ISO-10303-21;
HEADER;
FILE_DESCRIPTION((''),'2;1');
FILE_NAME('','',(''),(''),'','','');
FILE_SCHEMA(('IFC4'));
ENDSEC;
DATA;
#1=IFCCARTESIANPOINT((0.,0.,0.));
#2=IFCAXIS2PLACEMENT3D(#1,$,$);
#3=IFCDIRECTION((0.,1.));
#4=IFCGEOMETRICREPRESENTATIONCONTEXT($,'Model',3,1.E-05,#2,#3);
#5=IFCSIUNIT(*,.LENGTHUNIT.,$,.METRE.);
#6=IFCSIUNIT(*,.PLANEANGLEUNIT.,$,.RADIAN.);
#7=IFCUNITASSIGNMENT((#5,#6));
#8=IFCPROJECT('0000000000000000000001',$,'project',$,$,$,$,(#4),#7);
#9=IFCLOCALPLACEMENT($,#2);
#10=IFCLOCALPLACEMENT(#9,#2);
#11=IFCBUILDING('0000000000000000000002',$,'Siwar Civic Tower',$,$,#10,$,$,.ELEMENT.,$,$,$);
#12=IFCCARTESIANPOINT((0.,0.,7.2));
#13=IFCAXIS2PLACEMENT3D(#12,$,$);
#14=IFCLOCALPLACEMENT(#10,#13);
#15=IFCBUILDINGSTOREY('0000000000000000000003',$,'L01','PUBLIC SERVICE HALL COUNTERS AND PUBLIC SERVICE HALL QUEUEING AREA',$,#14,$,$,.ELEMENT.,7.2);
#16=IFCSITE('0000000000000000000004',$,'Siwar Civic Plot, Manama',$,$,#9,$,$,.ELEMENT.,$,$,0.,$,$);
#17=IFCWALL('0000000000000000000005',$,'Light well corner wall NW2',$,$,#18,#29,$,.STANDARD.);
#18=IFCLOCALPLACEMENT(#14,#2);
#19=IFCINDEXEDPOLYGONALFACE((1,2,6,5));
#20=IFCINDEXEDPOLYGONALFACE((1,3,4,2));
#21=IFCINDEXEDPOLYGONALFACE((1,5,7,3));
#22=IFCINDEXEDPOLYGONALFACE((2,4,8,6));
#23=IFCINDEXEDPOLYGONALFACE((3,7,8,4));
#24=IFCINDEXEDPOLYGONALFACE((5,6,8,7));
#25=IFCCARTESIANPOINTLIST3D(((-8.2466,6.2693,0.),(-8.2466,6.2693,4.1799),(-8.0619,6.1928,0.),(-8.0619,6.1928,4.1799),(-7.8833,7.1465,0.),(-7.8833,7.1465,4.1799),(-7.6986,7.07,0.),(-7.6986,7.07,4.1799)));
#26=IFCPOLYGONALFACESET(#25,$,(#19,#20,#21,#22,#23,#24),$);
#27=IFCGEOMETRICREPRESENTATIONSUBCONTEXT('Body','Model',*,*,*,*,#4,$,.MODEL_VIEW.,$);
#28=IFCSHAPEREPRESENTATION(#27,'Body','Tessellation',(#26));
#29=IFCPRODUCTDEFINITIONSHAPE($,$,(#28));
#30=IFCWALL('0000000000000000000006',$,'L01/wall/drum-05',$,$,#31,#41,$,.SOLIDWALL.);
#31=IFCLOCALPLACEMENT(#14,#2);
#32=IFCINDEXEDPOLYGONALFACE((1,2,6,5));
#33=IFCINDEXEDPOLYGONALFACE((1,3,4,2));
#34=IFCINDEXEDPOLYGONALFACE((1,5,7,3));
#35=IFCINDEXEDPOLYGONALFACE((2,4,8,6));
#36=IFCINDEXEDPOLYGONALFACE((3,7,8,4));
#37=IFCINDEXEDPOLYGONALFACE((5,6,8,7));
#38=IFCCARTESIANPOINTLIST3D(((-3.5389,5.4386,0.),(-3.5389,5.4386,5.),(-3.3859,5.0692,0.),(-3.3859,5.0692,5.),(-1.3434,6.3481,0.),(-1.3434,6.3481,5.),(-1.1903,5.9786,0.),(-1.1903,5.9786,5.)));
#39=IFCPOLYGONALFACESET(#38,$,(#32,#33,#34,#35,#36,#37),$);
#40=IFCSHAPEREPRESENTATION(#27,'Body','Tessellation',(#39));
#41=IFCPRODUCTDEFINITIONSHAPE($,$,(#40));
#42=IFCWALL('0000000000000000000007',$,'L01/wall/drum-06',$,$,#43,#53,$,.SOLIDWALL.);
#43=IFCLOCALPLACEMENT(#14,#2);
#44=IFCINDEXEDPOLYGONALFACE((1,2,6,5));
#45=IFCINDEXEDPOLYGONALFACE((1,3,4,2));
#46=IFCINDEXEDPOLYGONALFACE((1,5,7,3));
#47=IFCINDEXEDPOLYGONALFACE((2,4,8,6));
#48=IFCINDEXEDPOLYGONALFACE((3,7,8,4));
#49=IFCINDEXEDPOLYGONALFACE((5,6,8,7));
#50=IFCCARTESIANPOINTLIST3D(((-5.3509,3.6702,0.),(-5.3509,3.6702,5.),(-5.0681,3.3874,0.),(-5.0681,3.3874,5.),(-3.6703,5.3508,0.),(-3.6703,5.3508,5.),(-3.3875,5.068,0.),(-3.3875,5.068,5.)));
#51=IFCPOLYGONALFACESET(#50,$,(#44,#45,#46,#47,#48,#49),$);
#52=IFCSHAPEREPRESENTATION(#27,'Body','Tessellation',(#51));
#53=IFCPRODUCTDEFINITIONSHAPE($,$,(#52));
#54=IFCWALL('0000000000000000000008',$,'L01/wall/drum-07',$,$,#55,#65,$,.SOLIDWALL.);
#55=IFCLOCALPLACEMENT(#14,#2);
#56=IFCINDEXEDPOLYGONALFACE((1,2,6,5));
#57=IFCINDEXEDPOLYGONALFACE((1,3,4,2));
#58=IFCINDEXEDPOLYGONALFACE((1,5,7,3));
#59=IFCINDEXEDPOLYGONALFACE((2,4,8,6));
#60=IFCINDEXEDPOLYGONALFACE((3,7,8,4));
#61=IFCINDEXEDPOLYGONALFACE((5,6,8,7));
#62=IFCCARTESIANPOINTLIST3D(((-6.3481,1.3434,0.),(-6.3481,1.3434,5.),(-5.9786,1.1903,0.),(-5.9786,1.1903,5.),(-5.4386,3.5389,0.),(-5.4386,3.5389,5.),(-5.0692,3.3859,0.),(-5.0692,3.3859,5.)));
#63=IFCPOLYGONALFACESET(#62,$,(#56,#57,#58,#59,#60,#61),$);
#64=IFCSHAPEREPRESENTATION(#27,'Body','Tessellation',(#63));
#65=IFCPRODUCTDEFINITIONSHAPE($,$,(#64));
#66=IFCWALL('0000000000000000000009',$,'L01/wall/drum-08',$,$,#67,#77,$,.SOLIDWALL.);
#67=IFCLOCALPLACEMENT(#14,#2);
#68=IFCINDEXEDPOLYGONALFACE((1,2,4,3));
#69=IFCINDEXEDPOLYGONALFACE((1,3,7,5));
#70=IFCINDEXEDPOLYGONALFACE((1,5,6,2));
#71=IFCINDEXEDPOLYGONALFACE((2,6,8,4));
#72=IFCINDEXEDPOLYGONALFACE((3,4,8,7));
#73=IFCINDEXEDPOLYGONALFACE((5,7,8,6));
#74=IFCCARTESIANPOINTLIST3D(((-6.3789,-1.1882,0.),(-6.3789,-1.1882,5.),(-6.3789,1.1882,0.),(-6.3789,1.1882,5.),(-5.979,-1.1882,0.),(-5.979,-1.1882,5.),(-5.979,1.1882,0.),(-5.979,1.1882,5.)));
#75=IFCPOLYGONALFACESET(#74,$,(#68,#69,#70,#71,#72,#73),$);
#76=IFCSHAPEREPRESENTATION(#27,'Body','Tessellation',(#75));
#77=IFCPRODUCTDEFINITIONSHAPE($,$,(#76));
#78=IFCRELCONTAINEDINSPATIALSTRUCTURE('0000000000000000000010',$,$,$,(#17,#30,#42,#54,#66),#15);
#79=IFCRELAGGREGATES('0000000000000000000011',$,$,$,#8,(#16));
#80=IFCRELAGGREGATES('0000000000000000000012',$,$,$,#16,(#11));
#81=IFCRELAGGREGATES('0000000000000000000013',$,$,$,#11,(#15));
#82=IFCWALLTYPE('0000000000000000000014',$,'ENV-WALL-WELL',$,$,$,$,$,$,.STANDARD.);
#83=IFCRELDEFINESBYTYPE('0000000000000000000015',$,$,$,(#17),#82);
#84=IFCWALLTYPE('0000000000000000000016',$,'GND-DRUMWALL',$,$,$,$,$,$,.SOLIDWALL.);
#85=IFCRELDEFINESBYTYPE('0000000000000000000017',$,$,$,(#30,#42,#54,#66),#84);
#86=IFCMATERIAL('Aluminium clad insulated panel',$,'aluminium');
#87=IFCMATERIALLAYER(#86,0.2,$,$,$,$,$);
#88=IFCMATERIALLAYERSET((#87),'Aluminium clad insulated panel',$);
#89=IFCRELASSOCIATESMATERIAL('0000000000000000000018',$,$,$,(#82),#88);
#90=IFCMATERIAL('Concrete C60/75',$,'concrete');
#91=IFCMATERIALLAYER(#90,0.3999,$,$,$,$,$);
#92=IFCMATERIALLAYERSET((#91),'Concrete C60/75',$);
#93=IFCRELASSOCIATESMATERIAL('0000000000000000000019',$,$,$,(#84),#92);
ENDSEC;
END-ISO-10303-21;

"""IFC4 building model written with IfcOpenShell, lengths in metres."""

from ifc_helpers import new_model, si_unit, direction, frame, frame_2d, origin, place, context, subcontext, project, spatial, rectangle, extrude, material, layer, layer_set, type_object, element, save


model = new_model("IFC4")

# Units and contexts
model_context = context("Model", 3, precision=1e-05, world=origin(), true_north=direction((0.0, 1.0)))
body_context = subcontext(model_context, "Body", "Model", "MODEL_VIEW")
ifc_project = project(units=[si_unit("LENGTHUNIT", "METRE"), si_unit("PLANEANGLEUNIT", "RADIAN")], contexts=[model_context])

# Site, building, storey
site_placement = place(None, origin())
site = spatial("IfcSite", under=ifc_project, at=site_placement, Name="Siwar Civic Plot, Manama", CompositionType="ELEMENT", RefElevation=0.0)
building_placement = place(site_placement, origin())
building = spatial("IfcBuilding", under=site, at=building_placement, Name="Siwar Civic Tower", CompositionType="ELEMENT")
storey_placement = place(building_placement, frame((0.0, 0.0, 7.2)))
storey = spatial("IfcBuildingStorey", under=building, at=storey_placement, Name="L01", Description="PUBLIC SERVICE HALL COUNTERS AND PUBLIC SERVICE HALL QUEUEING AREA", CompositionType="ELEMENT", Elevation=7.2)

# Walls
ifc_material_1 = material(Name="Aluminium clad insulated panel", Category="aluminium")
ifc_layer_1 = layer(ifc_material_1, 0.2)
ifc_layer_set_1 = layer_set([ifc_layer_1], Name="Aluminium clad insulated panel")
wall_type_1 = type_object("IfcWallType", Name="ENV-WALL-WELL", PredefinedType="STANDARD", material=ifc_layer_set_1)
wall_1_placement = place(storey_placement, frame((-7.791, 7.1082, 0.0), z_axis=(0.0, 0.0, 1.0), x_axis=(-0.382624, -0.923904, 0.0)))
element("IfcWall", 1, at=wall_1_placement, inside=storey, type_object=wall_type_1, Name="Light well corner wall NW2", PredefinedType="STANDARD", context=body_context, shape_type="SweptSolid", body=[
    extrude(rectangle(XDim=0.9495, YDim=0.2, at=frame_2d((0.4746, 0.0))), origin(), (0.0, 0.0, 1.0), 4.1799),
])
ifc_material_2 = material(Name="Concrete C60/75", Category="concrete")
ifc_layer_2 = layer(ifc_material_2, 0.3999)
ifc_layer_set_2 = layer_set([ifc_layer_2], Name="Concrete C60/75")
wall_type_2 = type_object("IfcWallType", Name="GND-DRUMWALL", PredefinedType="SOLIDWALL", material=ifc_layer_set_2)
wall_2_placement = place(storey_placement, frame((-1.2668, 6.1633, 0.0), z_axis=(0.0, 0.0, 1.0), x_axis=(-0.92388, -0.382681, 0.0)))
element("IfcWall", 2, at=wall_2_placement, inside=storey, type_object=wall_type_2, Name="L01/wall/drum-05", PredefinedType="SOLIDWALL", context=body_context, shape_type="SweptSolid", body=[
    extrude(rectangle(XDim=2.3765, YDim=0.3999, at=frame_2d((1.1882, 0.0))), origin(), (0.0, 0.0, 1.0), 5.0),
])
wall_3_placement = place(storey_placement, frame((-3.5288, 5.2095, 0.0), z_axis=(0.0, 0.0, 1.0), x_axis=(-0.707107, -0.707107, 0.0)))
element("IfcWall", 3, at=wall_3_placement, inside=storey, type_object=wall_type_2, Name="L01/wall/drum-06", PredefinedType="SOLIDWALL", context=body_context, shape_type="SweptSolid", body=[
    extrude(rectangle(XDim=2.3767, YDim=0.3999, at=frame_2d((1.1885, 0.0))), origin(), (0.0, 0.0, 1.0), 5.0),
])
for number, where, z_axis, x_axis, name in (
    (4, (-5.2539, 3.4624, 0.0), (0.0, 0.0, 1.0), (-0.382681, -0.92388, 0.0), "L01/wall/drum-07"),
    (5, (-6.179, 1.1882, 0.0), (0.0, 0.0, 1.0), (0.0, -1.0, 0.0), "L01/wall/drum-08"),
):
    element("IfcWall", number, at=place(storey_placement, frame(where, z_axis=z_axis, x_axis=x_axis)), inside=storey, type_object=wall_type_2, Name=name, PredefinedType="SOLIDWALL", context=body_context, shape_type="SweptSolid", body=[
        extrude(rectangle(XDim=2.3765, YDim=0.3999, at=frame_2d((1.1882, 0.0))), origin(), (0.0, 0.0, 1.0), 5.0),
    ])

save(model, "model.ifc")
